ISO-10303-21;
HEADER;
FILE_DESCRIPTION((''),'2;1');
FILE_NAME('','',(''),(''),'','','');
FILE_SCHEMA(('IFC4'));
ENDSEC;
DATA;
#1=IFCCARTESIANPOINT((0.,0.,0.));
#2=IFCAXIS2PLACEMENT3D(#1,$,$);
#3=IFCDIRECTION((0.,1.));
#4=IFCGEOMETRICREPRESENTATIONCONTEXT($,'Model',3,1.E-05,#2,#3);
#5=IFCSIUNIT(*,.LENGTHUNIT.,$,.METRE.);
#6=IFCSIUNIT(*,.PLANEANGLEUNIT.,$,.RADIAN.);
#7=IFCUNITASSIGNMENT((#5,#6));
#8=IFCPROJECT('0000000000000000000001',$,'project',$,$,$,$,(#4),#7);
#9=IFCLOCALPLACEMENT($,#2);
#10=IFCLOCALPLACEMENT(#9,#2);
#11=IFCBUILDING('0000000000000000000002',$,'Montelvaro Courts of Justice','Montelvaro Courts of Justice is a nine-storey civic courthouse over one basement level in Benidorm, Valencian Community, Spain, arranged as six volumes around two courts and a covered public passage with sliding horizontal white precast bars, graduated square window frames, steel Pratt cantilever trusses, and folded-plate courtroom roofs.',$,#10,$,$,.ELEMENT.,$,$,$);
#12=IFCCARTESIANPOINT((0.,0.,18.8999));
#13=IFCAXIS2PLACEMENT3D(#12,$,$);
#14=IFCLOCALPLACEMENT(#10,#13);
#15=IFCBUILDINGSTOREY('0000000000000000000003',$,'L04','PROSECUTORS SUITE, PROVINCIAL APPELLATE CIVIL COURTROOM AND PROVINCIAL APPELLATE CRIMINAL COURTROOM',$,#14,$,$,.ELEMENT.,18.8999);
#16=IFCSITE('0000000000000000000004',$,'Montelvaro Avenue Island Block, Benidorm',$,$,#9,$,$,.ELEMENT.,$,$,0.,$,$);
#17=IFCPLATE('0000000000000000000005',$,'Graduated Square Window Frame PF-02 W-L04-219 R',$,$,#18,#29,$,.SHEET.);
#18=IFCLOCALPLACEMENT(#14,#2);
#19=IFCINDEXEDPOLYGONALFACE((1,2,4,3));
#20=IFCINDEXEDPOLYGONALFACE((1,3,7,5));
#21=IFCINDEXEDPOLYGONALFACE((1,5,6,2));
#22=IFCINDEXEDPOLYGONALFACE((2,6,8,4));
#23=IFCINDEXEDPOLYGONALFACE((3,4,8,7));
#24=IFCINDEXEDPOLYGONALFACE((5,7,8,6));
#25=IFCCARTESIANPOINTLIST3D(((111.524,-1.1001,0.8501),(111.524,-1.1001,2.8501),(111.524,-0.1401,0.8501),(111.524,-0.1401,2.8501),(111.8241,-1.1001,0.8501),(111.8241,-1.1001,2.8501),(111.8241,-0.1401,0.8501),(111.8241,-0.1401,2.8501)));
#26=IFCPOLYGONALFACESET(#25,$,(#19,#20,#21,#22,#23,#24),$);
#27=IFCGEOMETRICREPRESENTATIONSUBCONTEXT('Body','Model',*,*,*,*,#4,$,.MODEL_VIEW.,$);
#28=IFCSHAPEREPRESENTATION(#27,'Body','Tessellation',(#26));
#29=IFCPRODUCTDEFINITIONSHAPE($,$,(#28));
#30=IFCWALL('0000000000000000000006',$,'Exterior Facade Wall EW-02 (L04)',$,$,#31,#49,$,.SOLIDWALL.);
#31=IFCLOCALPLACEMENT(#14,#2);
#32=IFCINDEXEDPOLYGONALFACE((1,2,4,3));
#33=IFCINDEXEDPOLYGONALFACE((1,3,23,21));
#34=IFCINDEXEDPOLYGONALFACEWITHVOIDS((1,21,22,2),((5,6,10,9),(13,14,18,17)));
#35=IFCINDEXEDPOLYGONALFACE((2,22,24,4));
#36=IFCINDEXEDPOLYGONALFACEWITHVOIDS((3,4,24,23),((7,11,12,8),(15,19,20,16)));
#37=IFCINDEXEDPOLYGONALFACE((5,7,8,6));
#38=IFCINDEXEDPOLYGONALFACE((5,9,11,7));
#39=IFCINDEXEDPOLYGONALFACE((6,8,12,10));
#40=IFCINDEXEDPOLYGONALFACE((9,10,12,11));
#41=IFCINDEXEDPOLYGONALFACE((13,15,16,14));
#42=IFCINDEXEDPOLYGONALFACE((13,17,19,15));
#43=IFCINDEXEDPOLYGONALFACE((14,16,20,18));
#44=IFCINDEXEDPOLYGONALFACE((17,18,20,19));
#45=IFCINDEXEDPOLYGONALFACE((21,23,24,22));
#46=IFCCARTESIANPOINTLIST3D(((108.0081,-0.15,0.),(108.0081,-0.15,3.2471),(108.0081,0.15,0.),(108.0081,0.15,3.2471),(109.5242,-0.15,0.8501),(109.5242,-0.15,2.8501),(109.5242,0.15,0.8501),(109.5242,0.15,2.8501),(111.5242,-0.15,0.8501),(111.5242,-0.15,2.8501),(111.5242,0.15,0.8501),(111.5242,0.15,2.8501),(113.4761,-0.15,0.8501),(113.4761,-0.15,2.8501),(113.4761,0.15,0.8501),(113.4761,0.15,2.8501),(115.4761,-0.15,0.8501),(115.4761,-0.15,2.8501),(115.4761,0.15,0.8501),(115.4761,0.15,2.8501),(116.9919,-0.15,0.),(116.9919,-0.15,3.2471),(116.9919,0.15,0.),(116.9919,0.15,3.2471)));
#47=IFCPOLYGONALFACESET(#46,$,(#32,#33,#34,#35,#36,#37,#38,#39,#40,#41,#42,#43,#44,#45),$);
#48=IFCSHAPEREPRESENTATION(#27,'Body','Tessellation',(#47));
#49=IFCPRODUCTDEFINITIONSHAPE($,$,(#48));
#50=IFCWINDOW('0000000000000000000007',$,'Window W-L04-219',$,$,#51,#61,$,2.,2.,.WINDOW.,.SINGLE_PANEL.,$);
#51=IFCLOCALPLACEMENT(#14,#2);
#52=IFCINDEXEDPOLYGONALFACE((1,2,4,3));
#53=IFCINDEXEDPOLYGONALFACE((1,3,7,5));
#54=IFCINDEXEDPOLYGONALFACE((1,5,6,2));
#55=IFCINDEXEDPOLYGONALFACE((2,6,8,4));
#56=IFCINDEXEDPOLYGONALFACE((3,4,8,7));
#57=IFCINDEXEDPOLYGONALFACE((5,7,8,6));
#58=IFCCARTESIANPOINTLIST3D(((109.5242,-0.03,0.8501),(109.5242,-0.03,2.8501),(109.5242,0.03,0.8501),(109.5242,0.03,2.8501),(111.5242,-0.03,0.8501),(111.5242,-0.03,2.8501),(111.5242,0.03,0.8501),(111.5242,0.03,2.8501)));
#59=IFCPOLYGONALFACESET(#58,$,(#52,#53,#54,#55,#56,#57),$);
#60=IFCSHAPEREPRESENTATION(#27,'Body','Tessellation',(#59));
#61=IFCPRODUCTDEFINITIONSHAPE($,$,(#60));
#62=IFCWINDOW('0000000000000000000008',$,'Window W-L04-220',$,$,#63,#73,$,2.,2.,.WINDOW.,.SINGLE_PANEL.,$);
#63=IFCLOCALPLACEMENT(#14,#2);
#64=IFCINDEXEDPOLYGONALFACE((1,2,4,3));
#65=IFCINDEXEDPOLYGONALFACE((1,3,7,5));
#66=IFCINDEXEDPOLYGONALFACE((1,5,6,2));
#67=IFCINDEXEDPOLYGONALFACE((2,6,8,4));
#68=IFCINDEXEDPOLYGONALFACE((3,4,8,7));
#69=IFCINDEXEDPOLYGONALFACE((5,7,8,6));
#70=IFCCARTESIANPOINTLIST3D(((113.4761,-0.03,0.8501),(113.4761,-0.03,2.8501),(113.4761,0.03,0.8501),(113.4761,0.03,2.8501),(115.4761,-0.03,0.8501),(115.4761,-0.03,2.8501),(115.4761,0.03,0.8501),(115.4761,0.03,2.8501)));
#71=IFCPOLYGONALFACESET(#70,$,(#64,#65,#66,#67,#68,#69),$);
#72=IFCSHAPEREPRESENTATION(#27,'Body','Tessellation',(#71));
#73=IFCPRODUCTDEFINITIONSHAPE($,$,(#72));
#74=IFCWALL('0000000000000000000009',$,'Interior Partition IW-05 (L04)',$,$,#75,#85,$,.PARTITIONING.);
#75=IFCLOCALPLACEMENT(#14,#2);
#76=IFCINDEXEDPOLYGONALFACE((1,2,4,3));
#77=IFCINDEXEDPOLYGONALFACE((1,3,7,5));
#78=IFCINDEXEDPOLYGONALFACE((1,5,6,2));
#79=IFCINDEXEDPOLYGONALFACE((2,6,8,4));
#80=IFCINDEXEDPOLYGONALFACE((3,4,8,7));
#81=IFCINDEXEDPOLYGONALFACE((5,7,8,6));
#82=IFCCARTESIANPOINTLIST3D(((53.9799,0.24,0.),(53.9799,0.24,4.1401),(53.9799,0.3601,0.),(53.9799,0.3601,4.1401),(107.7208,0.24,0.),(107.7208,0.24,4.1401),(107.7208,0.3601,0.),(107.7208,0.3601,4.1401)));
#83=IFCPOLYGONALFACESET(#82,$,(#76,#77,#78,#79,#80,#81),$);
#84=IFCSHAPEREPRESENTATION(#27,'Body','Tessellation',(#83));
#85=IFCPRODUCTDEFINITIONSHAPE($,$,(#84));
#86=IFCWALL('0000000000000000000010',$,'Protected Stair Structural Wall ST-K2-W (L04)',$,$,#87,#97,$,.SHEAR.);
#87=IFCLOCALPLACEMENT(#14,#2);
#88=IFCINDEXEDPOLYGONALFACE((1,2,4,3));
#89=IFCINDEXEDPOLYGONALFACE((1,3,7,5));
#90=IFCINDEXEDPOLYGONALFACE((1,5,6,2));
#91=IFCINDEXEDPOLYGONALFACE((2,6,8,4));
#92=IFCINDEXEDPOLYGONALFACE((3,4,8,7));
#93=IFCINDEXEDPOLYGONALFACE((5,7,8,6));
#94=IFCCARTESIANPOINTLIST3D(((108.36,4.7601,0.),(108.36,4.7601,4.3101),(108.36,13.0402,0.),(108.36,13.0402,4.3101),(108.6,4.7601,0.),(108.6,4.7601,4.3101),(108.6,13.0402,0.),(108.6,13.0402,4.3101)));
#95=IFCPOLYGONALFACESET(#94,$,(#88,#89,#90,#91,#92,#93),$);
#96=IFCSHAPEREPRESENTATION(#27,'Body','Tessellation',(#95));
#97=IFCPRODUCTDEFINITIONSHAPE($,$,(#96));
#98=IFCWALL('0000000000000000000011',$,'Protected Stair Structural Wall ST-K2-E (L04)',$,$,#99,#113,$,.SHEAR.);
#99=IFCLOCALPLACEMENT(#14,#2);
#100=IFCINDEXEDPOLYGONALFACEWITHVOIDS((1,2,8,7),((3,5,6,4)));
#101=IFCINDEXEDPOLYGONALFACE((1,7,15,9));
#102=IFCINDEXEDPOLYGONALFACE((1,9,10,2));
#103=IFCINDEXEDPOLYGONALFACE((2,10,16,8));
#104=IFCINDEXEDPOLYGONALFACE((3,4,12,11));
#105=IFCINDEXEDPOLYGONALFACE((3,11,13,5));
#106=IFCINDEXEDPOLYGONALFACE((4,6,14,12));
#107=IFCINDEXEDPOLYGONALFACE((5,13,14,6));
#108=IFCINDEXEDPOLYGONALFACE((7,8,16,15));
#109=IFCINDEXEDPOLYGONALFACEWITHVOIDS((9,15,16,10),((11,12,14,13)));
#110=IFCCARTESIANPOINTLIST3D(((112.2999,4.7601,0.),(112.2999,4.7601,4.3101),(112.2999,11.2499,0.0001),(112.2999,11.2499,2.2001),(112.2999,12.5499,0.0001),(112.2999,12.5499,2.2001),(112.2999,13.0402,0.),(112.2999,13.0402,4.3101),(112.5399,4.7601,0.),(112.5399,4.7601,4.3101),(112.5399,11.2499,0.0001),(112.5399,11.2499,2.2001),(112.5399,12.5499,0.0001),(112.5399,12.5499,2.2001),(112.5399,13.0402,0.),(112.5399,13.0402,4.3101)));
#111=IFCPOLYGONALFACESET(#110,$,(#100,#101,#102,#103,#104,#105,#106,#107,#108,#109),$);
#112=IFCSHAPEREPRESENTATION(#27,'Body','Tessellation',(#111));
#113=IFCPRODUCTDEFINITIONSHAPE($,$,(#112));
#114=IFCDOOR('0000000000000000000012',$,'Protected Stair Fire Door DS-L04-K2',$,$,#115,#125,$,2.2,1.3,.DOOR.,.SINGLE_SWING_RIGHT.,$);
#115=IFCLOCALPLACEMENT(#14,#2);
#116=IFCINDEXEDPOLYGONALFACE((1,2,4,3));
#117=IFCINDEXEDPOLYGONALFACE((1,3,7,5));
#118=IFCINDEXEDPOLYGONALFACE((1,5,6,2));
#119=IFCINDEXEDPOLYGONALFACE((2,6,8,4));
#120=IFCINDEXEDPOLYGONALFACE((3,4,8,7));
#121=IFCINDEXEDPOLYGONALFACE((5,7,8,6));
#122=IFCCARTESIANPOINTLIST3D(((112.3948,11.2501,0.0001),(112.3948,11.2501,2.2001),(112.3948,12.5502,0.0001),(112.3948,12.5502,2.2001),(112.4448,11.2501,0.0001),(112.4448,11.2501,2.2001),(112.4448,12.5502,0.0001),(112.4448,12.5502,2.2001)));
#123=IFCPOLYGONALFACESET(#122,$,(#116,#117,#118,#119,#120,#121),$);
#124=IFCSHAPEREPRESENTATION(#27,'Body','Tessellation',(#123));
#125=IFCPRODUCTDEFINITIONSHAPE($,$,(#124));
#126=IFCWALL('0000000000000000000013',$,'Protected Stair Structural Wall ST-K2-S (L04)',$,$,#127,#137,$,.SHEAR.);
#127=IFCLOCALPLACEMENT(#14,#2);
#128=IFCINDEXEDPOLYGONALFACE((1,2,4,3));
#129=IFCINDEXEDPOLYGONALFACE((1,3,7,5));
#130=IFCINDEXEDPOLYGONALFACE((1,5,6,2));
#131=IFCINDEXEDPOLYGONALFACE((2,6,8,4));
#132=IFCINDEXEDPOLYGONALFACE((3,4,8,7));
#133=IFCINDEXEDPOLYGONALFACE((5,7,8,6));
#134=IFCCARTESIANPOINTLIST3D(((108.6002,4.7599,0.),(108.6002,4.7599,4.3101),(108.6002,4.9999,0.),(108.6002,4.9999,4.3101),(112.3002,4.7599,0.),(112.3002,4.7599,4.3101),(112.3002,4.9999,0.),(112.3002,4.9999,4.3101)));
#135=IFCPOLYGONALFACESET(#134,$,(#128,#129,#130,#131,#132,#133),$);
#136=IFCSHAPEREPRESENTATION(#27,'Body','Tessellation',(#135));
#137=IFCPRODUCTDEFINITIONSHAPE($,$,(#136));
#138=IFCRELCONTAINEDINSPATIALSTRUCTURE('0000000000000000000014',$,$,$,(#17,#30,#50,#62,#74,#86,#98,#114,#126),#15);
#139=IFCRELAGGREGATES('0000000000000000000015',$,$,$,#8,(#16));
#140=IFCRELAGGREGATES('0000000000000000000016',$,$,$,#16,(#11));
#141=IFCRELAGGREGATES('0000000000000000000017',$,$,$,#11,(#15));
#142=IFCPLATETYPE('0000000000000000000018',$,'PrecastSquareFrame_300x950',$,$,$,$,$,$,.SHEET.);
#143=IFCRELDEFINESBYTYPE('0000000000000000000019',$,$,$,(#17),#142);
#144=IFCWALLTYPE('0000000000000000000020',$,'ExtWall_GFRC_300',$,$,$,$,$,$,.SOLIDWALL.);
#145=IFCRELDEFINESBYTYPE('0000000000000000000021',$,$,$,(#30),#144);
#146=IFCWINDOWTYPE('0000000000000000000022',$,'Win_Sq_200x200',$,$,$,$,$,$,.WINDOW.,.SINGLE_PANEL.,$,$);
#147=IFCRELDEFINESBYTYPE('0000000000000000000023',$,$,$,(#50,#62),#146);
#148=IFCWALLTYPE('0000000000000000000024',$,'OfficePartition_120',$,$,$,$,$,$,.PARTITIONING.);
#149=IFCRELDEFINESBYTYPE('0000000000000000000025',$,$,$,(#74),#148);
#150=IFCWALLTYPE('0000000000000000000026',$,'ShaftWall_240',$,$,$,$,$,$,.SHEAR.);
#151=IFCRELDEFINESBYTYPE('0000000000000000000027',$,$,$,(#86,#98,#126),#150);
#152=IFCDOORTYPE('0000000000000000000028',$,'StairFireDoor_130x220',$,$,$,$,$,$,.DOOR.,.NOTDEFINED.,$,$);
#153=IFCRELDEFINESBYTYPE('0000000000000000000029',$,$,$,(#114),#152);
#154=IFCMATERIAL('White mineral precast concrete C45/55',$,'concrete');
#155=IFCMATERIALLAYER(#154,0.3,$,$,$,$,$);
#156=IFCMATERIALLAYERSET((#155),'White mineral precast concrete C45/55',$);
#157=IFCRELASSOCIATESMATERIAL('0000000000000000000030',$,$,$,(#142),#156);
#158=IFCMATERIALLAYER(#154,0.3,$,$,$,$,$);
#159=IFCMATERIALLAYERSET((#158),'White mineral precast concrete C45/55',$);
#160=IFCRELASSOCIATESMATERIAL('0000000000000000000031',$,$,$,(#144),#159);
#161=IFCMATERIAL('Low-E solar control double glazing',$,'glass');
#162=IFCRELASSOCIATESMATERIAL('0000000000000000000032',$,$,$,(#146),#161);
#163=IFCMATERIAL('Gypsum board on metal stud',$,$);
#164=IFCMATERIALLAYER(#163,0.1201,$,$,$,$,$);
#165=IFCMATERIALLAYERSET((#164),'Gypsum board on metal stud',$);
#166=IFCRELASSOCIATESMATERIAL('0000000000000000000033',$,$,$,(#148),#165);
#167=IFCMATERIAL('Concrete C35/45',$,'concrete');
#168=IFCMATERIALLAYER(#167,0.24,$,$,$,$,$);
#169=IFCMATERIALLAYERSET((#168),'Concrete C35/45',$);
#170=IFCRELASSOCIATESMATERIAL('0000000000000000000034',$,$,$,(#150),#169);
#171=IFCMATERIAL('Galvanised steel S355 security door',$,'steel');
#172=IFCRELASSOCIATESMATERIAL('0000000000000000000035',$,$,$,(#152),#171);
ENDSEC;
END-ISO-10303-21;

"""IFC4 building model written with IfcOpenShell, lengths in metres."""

from ifc_helpers import new_model, si_unit, direction, frame, frame_2d, origin, origin_2d, place, context, subcontext, project, spatial, rectangle, extrude, material, layer, layer_set, type_object, element, fill, save


model = new_model("IFC4")

# Units and contexts
model_context = context("Model", 3, precision=1e-05, world=origin(), true_north=direction((0.0, 1.0)))
body_context = subcontext(model_context, "Body", "Model", "MODEL_VIEW")
ifc_project = project(units=[si_unit("LENGTHUNIT", "METRE"), si_unit("PLANEANGLEUNIT", "RADIAN")], contexts=[model_context])

# Site, building, storey
site_placement = place(None, origin())
site = spatial("IfcSite", under=ifc_project, at=site_placement, Name="Montelvaro Avenue Island Block, Benidorm", CompositionType="ELEMENT", RefElevation=0.0)
building_placement = place(site_placement, origin())
building = spatial("IfcBuilding", under=site, at=building_placement, Name="Montelvaro Courts of Justice", Description="Montelvaro Courts of Justice is a nine-storey civic courthouse over one basement level in Benidorm, Valencian Community, Spain, arranged as six volumes around two courts and a covered public passage with sliding horizontal white precast bars, graduated square window frames, steel Pratt cantilever trusses, and folded-plate courtroom roofs.", CompositionType="ELEMENT")
storey_placement = place(building_placement, frame((0.0, 0.0, 18.8999)))
storey = spatial("IfcBuildingStorey", under=building, at=storey_placement, Name="L04", Description="PROSECUTORS SUITE, PROVINCIAL APPELLATE CIVIL COURTROOM AND PROVINCIAL APPELLATE CRIMINAL COURTROOM", CompositionType="ELEMENT", Elevation=18.8999)

# Plate
ifc_material_1 = material(Name="White mineral precast concrete C45/55", Category="concrete")
ifc_layer_1 = layer(ifc_material_1, 0.3)
ifc_layer_set_1 = layer_set([ifc_layer_1], Name="White mineral precast concrete C45/55")
plate_type = type_object("IfcPlateType", Name="PrecastSquareFrame_300x950", PredefinedType="SHEET", material=ifc_layer_set_1)
for number, where, z_axis, x_axis, name in (
    (1, (111.6741, -0.6201, 0.8501), (0.0, 0.0, 1.0), (1.0, 0.0, 0.0), "Graduated Square Window Frame PF-02 W-L04-219 R"),
):
    element("IfcPlate", number, at=place(storey_placement, frame(where, z_axis=z_axis, x_axis=x_axis)), inside=storey, type_object=plate_type, Name=name, PredefinedType="SHEET", context=body_context, shape_type="SweptSolid", body=[
        extrude(rectangle(XDim=0.3, YDim=0.96, at=origin_2d()), origin(), (0.0, 0.0, 1.0), 2.0),
    ])

# Wall, openings, windows
ifc_layer_2 = layer(ifc_material_1, 0.3)
ifc_layer_set_2 = layer_set([ifc_layer_2], Name="White mineral precast concrete C45/55")
wall_type_1 = type_object("IfcWallType", Name="ExtWall_GFRC_300", PredefinedType="SOLIDWALL", material=ifc_layer_set_2)
wall_1_placement = place(storey_placement, frame((108.0081, 0.0, 0.0), z_axis=(0.0, 0.0, 1.0), x_axis=(1.0, 0.0, 0.0)))
wall_1 = element("IfcWall", 2, at=wall_1_placement, inside=storey, type_object=wall_type_1, Name="Exterior Facade Wall EW-02 (L04)", PredefinedType="SOLIDWALL", context=body_context, shape_type="SweptSolid", body=[
    extrude(rectangle(XDim=8.9839, YDim=0.3, at=frame_2d((4.4919, 0.0))), origin(), (0.0, 0.0, 1.0), 3.2471),
])
opening_1_placement = place(wall_1_placement, frame((1.5161, 0.0, 0.8501)))
opening_1 = element("IfcOpeningElement", 3, at=opening_1_placement, cuts=wall_1, PredefinedType="OPENING", context=body_context, shape_type="SweptSolid", body=[
    extrude(rectangle(XDim=2.0, YDim=2.0, at=frame_2d((1.0, 1.0))), frame((0.0, 0.165, 0.0), z_axis=(0.0, -1.0, 0.0), x_axis=(1.0, 0.0, 0.0)), (0.0, 0.0, 1.0), 0.3298),
])
opening_2_placement = place(wall_1_placement, frame((5.468, 0.0, 0.8501)))
opening_2 = element("IfcOpeningElement", 4, at=opening_2_placement, cuts=wall_1, PredefinedType="OPENING", context=body_context, shape_type="SweptSolid", body=[
    extrude(rectangle(XDim=2.0, YDim=2.0, at=frame_2d((1.0, 1.0))), frame((0.0, 0.165, 0.0), z_axis=(0.0, -1.0, 0.0), x_axis=(1.0, 0.0, 0.0)), (0.0, 0.0, 1.0), 0.3298),
])
ifc_material_2 = material(Name="Low-E solar control double glazing", Category="glass")
window_type = type_object("IfcWindowType", Name="Win_Sq_200x200", PartitioningType="SINGLE_PANEL", PredefinedType="WINDOW", material=ifc_material_2)
window_1_placement = place(opening_1_placement, origin())
window_1 = element("IfcWindow", 5, at=window_1_placement, inside=storey, type_object=window_type, Name="Window W-L04-219", OverallHeight=2.0, OverallWidth=2.0, PartitioningType="SINGLE_PANEL", PredefinedType="WINDOW", context=body_context, shape_type="SweptSolid", body=[
    extrude(rectangle(XDim=2.0, YDim=2.0, at=frame_2d((1.0, 1.0))), frame((0.0, 0.03, 0.0), z_axis=(0.0, -1.0, 0.0), x_axis=(1.0, 0.0, 0.0)), (0.0, 0.0, 1.0), 0.0601),
])
fill(opening_1, window_1)
window_2_placement = place(opening_2_placement, origin())
window_2 = element("IfcWindow", 6, at=window_2_placement, inside=storey, type_object=window_type, Name="Window W-L04-220", OverallHeight=2.0, OverallWidth=2.0, PartitioningType="SINGLE_PANEL", PredefinedType="WINDOW", context=body_context, shape_type="SweptSolid", body=[
    extrude(rectangle(XDim=2.0, YDim=2.0, at=frame_2d((1.0, 1.0))), frame((0.0, 0.03, 0.0), z_axis=(0.0, -1.0, 0.0), x_axis=(1.0, 0.0, 0.0)), (0.0, 0.0, 1.0), 0.0601),
])
fill(opening_2, window_2)

# Walls
ifc_material_3 = material(Name="Gypsum board on metal stud")
ifc_layer_3 = layer(ifc_material_3, 0.1201)
ifc_layer_set_3 = layer_set([ifc_layer_3], Name="Gypsum board on metal stud")
wall_type_2 = type_object("IfcWallType", Name="OfficePartition_120", PredefinedType="PARTITIONING", material=ifc_layer_set_3)
wall_2_placement = place(storey_placement, frame((107.7209, 0.3, 0.0), z_axis=(0.0, 0.0, 1.0), x_axis=(-1.0, 0.0, 0.0)))
element("IfcWall", 7, at=wall_2_placement, inside=storey, type_object=wall_type_2, Name="Interior Partition IW-05 (L04)", PredefinedType="PARTITIONING", context=body_context, shape_type="SweptSolid", body=[
    extrude(rectangle(XDim=53.741, YDim=0.1201, at=frame_2d((26.8706, 0.0))), origin(), (0.0, 0.0, 1.0), 4.1401),
])
ifc_material_4 = material(Name="Concrete C35/45", Category="concrete")
ifc_layer_4 = layer(ifc_material_4, 0.24)
ifc_layer_set_4 = layer_set([ifc_layer_4], Name="Concrete C35/45")
wall_type_3 = type_object("IfcWallType", Name="ShaftWall_240", PredefinedType="SHEAR", material=ifc_layer_set_4)
wall_3_placement = place(storey_placement, frame((108.48, 4.76, 0.0), z_axis=(0.0, 0.0, 1.0), x_axis=(0.0, 1.0, 0.0)))
element("IfcWall", 8, at=wall_3_placement, inside=storey, type_object=wall_type_3, Name="Protected Stair Structural Wall ST-K2-W (L04)", PredefinedType="SHEAR", context=body_context, shape_type="SweptSolid", body=[
    extrude(rectangle(XDim=8.28, YDim=0.24, at=frame_2d((4.1401, 0.0))), origin(), (0.0, 0.0, 1.0), 4.3101),
])

# Wall, opening, door
wall_4_placement = place(storey_placement, frame((112.4199, 4.76, 0.0), z_axis=(0.0, 0.0, 1.0), x_axis=(0.0, 1.0, 0.0)))
wall_4 = element("IfcWall", 9, at=wall_4_placement, inside=storey, type_object=wall_type_3, Name="Protected Stair Structural Wall ST-K2-E (L04)", PredefinedType="SHEAR", context=body_context, shape_type="SweptSolid", body=[
    extrude(rectangle(XDim=8.28, YDim=0.24, at=frame_2d((4.1401, 0.0))), origin(), (0.0, 0.0, 1.0), 4.3101),
])
opening_3_placement = place(wall_4_placement, frame((6.49, 0.0, 0.0)))
opening_3 = element("IfcOpeningElement", 10, at=opening_3_placement, cuts=wall_4, PredefinedType="OPENING", context=body_context, shape_type="SweptSolid", body=[
    extrude(rectangle(XDim=1.3, YDim=2.2, at=frame_2d((0.6499, 1.1001))), frame((0.0, 0.1348, 0.0), z_axis=(0.0, -1.0, 0.0), x_axis=(1.0, 0.0, 0.0)), (0.0, 0.0, 1.0), 0.2698),
])
ifc_material_5 = material(Name="Galvanised steel S355 security door", Category="steel")
door_type = type_object("IfcDoorType", Name="StairFireDoor_130x220", OperationType="NOTDEFINED", PredefinedType="DOOR", material=ifc_material_5)
door_placement = place(opening_3_placement, frame((1.3, 0.0, 0.0), z_axis=(0.0, 0.0, 1.0), x_axis=(-1.0, 0.0, 0.0)))
door = element("IfcDoor", 11, at=door_placement, inside=storey, type_object=door_type, Name="Protected Stair Fire Door DS-L04-K2", OperationType="SINGLE_SWING_RIGHT", OverallHeight=2.2, OverallWidth=1.3, PredefinedType="DOOR", context=body_context, shape_type="SweptSolid", body=[
    extrude(rectangle(XDim=1.3, YDim=2.2, at=frame_2d((0.6499, 1.1001))), frame((0.0, 0.0249, 0.0), z_axis=(0.0, -1.0, 0.0), x_axis=(1.0, 0.0, 0.0)), (0.0, 0.0, 1.0), 0.05),
])
fill(opening_3, door)

# Wall
wall_5_placement = place(storey_placement, frame((108.6001, 4.8799, 0.0), z_axis=(0.0, 0.0, 1.0), x_axis=(1.0, 0.0, 0.0)))
element("IfcWall", 12, at=wall_5_placement, inside=storey, type_object=wall_type_3, Name="Protected Stair Structural Wall ST-K2-S (L04)", PredefinedType="SHEAR", context=body_context, shape_type="SweptSolid", body=[
    extrude(rectangle(XDim=3.7, YDim=0.24, at=frame_2d((1.8501, 0.0))), origin(), (0.0, 0.0, 1.0), 4.3101),
])

save(model, "model.ifc")
